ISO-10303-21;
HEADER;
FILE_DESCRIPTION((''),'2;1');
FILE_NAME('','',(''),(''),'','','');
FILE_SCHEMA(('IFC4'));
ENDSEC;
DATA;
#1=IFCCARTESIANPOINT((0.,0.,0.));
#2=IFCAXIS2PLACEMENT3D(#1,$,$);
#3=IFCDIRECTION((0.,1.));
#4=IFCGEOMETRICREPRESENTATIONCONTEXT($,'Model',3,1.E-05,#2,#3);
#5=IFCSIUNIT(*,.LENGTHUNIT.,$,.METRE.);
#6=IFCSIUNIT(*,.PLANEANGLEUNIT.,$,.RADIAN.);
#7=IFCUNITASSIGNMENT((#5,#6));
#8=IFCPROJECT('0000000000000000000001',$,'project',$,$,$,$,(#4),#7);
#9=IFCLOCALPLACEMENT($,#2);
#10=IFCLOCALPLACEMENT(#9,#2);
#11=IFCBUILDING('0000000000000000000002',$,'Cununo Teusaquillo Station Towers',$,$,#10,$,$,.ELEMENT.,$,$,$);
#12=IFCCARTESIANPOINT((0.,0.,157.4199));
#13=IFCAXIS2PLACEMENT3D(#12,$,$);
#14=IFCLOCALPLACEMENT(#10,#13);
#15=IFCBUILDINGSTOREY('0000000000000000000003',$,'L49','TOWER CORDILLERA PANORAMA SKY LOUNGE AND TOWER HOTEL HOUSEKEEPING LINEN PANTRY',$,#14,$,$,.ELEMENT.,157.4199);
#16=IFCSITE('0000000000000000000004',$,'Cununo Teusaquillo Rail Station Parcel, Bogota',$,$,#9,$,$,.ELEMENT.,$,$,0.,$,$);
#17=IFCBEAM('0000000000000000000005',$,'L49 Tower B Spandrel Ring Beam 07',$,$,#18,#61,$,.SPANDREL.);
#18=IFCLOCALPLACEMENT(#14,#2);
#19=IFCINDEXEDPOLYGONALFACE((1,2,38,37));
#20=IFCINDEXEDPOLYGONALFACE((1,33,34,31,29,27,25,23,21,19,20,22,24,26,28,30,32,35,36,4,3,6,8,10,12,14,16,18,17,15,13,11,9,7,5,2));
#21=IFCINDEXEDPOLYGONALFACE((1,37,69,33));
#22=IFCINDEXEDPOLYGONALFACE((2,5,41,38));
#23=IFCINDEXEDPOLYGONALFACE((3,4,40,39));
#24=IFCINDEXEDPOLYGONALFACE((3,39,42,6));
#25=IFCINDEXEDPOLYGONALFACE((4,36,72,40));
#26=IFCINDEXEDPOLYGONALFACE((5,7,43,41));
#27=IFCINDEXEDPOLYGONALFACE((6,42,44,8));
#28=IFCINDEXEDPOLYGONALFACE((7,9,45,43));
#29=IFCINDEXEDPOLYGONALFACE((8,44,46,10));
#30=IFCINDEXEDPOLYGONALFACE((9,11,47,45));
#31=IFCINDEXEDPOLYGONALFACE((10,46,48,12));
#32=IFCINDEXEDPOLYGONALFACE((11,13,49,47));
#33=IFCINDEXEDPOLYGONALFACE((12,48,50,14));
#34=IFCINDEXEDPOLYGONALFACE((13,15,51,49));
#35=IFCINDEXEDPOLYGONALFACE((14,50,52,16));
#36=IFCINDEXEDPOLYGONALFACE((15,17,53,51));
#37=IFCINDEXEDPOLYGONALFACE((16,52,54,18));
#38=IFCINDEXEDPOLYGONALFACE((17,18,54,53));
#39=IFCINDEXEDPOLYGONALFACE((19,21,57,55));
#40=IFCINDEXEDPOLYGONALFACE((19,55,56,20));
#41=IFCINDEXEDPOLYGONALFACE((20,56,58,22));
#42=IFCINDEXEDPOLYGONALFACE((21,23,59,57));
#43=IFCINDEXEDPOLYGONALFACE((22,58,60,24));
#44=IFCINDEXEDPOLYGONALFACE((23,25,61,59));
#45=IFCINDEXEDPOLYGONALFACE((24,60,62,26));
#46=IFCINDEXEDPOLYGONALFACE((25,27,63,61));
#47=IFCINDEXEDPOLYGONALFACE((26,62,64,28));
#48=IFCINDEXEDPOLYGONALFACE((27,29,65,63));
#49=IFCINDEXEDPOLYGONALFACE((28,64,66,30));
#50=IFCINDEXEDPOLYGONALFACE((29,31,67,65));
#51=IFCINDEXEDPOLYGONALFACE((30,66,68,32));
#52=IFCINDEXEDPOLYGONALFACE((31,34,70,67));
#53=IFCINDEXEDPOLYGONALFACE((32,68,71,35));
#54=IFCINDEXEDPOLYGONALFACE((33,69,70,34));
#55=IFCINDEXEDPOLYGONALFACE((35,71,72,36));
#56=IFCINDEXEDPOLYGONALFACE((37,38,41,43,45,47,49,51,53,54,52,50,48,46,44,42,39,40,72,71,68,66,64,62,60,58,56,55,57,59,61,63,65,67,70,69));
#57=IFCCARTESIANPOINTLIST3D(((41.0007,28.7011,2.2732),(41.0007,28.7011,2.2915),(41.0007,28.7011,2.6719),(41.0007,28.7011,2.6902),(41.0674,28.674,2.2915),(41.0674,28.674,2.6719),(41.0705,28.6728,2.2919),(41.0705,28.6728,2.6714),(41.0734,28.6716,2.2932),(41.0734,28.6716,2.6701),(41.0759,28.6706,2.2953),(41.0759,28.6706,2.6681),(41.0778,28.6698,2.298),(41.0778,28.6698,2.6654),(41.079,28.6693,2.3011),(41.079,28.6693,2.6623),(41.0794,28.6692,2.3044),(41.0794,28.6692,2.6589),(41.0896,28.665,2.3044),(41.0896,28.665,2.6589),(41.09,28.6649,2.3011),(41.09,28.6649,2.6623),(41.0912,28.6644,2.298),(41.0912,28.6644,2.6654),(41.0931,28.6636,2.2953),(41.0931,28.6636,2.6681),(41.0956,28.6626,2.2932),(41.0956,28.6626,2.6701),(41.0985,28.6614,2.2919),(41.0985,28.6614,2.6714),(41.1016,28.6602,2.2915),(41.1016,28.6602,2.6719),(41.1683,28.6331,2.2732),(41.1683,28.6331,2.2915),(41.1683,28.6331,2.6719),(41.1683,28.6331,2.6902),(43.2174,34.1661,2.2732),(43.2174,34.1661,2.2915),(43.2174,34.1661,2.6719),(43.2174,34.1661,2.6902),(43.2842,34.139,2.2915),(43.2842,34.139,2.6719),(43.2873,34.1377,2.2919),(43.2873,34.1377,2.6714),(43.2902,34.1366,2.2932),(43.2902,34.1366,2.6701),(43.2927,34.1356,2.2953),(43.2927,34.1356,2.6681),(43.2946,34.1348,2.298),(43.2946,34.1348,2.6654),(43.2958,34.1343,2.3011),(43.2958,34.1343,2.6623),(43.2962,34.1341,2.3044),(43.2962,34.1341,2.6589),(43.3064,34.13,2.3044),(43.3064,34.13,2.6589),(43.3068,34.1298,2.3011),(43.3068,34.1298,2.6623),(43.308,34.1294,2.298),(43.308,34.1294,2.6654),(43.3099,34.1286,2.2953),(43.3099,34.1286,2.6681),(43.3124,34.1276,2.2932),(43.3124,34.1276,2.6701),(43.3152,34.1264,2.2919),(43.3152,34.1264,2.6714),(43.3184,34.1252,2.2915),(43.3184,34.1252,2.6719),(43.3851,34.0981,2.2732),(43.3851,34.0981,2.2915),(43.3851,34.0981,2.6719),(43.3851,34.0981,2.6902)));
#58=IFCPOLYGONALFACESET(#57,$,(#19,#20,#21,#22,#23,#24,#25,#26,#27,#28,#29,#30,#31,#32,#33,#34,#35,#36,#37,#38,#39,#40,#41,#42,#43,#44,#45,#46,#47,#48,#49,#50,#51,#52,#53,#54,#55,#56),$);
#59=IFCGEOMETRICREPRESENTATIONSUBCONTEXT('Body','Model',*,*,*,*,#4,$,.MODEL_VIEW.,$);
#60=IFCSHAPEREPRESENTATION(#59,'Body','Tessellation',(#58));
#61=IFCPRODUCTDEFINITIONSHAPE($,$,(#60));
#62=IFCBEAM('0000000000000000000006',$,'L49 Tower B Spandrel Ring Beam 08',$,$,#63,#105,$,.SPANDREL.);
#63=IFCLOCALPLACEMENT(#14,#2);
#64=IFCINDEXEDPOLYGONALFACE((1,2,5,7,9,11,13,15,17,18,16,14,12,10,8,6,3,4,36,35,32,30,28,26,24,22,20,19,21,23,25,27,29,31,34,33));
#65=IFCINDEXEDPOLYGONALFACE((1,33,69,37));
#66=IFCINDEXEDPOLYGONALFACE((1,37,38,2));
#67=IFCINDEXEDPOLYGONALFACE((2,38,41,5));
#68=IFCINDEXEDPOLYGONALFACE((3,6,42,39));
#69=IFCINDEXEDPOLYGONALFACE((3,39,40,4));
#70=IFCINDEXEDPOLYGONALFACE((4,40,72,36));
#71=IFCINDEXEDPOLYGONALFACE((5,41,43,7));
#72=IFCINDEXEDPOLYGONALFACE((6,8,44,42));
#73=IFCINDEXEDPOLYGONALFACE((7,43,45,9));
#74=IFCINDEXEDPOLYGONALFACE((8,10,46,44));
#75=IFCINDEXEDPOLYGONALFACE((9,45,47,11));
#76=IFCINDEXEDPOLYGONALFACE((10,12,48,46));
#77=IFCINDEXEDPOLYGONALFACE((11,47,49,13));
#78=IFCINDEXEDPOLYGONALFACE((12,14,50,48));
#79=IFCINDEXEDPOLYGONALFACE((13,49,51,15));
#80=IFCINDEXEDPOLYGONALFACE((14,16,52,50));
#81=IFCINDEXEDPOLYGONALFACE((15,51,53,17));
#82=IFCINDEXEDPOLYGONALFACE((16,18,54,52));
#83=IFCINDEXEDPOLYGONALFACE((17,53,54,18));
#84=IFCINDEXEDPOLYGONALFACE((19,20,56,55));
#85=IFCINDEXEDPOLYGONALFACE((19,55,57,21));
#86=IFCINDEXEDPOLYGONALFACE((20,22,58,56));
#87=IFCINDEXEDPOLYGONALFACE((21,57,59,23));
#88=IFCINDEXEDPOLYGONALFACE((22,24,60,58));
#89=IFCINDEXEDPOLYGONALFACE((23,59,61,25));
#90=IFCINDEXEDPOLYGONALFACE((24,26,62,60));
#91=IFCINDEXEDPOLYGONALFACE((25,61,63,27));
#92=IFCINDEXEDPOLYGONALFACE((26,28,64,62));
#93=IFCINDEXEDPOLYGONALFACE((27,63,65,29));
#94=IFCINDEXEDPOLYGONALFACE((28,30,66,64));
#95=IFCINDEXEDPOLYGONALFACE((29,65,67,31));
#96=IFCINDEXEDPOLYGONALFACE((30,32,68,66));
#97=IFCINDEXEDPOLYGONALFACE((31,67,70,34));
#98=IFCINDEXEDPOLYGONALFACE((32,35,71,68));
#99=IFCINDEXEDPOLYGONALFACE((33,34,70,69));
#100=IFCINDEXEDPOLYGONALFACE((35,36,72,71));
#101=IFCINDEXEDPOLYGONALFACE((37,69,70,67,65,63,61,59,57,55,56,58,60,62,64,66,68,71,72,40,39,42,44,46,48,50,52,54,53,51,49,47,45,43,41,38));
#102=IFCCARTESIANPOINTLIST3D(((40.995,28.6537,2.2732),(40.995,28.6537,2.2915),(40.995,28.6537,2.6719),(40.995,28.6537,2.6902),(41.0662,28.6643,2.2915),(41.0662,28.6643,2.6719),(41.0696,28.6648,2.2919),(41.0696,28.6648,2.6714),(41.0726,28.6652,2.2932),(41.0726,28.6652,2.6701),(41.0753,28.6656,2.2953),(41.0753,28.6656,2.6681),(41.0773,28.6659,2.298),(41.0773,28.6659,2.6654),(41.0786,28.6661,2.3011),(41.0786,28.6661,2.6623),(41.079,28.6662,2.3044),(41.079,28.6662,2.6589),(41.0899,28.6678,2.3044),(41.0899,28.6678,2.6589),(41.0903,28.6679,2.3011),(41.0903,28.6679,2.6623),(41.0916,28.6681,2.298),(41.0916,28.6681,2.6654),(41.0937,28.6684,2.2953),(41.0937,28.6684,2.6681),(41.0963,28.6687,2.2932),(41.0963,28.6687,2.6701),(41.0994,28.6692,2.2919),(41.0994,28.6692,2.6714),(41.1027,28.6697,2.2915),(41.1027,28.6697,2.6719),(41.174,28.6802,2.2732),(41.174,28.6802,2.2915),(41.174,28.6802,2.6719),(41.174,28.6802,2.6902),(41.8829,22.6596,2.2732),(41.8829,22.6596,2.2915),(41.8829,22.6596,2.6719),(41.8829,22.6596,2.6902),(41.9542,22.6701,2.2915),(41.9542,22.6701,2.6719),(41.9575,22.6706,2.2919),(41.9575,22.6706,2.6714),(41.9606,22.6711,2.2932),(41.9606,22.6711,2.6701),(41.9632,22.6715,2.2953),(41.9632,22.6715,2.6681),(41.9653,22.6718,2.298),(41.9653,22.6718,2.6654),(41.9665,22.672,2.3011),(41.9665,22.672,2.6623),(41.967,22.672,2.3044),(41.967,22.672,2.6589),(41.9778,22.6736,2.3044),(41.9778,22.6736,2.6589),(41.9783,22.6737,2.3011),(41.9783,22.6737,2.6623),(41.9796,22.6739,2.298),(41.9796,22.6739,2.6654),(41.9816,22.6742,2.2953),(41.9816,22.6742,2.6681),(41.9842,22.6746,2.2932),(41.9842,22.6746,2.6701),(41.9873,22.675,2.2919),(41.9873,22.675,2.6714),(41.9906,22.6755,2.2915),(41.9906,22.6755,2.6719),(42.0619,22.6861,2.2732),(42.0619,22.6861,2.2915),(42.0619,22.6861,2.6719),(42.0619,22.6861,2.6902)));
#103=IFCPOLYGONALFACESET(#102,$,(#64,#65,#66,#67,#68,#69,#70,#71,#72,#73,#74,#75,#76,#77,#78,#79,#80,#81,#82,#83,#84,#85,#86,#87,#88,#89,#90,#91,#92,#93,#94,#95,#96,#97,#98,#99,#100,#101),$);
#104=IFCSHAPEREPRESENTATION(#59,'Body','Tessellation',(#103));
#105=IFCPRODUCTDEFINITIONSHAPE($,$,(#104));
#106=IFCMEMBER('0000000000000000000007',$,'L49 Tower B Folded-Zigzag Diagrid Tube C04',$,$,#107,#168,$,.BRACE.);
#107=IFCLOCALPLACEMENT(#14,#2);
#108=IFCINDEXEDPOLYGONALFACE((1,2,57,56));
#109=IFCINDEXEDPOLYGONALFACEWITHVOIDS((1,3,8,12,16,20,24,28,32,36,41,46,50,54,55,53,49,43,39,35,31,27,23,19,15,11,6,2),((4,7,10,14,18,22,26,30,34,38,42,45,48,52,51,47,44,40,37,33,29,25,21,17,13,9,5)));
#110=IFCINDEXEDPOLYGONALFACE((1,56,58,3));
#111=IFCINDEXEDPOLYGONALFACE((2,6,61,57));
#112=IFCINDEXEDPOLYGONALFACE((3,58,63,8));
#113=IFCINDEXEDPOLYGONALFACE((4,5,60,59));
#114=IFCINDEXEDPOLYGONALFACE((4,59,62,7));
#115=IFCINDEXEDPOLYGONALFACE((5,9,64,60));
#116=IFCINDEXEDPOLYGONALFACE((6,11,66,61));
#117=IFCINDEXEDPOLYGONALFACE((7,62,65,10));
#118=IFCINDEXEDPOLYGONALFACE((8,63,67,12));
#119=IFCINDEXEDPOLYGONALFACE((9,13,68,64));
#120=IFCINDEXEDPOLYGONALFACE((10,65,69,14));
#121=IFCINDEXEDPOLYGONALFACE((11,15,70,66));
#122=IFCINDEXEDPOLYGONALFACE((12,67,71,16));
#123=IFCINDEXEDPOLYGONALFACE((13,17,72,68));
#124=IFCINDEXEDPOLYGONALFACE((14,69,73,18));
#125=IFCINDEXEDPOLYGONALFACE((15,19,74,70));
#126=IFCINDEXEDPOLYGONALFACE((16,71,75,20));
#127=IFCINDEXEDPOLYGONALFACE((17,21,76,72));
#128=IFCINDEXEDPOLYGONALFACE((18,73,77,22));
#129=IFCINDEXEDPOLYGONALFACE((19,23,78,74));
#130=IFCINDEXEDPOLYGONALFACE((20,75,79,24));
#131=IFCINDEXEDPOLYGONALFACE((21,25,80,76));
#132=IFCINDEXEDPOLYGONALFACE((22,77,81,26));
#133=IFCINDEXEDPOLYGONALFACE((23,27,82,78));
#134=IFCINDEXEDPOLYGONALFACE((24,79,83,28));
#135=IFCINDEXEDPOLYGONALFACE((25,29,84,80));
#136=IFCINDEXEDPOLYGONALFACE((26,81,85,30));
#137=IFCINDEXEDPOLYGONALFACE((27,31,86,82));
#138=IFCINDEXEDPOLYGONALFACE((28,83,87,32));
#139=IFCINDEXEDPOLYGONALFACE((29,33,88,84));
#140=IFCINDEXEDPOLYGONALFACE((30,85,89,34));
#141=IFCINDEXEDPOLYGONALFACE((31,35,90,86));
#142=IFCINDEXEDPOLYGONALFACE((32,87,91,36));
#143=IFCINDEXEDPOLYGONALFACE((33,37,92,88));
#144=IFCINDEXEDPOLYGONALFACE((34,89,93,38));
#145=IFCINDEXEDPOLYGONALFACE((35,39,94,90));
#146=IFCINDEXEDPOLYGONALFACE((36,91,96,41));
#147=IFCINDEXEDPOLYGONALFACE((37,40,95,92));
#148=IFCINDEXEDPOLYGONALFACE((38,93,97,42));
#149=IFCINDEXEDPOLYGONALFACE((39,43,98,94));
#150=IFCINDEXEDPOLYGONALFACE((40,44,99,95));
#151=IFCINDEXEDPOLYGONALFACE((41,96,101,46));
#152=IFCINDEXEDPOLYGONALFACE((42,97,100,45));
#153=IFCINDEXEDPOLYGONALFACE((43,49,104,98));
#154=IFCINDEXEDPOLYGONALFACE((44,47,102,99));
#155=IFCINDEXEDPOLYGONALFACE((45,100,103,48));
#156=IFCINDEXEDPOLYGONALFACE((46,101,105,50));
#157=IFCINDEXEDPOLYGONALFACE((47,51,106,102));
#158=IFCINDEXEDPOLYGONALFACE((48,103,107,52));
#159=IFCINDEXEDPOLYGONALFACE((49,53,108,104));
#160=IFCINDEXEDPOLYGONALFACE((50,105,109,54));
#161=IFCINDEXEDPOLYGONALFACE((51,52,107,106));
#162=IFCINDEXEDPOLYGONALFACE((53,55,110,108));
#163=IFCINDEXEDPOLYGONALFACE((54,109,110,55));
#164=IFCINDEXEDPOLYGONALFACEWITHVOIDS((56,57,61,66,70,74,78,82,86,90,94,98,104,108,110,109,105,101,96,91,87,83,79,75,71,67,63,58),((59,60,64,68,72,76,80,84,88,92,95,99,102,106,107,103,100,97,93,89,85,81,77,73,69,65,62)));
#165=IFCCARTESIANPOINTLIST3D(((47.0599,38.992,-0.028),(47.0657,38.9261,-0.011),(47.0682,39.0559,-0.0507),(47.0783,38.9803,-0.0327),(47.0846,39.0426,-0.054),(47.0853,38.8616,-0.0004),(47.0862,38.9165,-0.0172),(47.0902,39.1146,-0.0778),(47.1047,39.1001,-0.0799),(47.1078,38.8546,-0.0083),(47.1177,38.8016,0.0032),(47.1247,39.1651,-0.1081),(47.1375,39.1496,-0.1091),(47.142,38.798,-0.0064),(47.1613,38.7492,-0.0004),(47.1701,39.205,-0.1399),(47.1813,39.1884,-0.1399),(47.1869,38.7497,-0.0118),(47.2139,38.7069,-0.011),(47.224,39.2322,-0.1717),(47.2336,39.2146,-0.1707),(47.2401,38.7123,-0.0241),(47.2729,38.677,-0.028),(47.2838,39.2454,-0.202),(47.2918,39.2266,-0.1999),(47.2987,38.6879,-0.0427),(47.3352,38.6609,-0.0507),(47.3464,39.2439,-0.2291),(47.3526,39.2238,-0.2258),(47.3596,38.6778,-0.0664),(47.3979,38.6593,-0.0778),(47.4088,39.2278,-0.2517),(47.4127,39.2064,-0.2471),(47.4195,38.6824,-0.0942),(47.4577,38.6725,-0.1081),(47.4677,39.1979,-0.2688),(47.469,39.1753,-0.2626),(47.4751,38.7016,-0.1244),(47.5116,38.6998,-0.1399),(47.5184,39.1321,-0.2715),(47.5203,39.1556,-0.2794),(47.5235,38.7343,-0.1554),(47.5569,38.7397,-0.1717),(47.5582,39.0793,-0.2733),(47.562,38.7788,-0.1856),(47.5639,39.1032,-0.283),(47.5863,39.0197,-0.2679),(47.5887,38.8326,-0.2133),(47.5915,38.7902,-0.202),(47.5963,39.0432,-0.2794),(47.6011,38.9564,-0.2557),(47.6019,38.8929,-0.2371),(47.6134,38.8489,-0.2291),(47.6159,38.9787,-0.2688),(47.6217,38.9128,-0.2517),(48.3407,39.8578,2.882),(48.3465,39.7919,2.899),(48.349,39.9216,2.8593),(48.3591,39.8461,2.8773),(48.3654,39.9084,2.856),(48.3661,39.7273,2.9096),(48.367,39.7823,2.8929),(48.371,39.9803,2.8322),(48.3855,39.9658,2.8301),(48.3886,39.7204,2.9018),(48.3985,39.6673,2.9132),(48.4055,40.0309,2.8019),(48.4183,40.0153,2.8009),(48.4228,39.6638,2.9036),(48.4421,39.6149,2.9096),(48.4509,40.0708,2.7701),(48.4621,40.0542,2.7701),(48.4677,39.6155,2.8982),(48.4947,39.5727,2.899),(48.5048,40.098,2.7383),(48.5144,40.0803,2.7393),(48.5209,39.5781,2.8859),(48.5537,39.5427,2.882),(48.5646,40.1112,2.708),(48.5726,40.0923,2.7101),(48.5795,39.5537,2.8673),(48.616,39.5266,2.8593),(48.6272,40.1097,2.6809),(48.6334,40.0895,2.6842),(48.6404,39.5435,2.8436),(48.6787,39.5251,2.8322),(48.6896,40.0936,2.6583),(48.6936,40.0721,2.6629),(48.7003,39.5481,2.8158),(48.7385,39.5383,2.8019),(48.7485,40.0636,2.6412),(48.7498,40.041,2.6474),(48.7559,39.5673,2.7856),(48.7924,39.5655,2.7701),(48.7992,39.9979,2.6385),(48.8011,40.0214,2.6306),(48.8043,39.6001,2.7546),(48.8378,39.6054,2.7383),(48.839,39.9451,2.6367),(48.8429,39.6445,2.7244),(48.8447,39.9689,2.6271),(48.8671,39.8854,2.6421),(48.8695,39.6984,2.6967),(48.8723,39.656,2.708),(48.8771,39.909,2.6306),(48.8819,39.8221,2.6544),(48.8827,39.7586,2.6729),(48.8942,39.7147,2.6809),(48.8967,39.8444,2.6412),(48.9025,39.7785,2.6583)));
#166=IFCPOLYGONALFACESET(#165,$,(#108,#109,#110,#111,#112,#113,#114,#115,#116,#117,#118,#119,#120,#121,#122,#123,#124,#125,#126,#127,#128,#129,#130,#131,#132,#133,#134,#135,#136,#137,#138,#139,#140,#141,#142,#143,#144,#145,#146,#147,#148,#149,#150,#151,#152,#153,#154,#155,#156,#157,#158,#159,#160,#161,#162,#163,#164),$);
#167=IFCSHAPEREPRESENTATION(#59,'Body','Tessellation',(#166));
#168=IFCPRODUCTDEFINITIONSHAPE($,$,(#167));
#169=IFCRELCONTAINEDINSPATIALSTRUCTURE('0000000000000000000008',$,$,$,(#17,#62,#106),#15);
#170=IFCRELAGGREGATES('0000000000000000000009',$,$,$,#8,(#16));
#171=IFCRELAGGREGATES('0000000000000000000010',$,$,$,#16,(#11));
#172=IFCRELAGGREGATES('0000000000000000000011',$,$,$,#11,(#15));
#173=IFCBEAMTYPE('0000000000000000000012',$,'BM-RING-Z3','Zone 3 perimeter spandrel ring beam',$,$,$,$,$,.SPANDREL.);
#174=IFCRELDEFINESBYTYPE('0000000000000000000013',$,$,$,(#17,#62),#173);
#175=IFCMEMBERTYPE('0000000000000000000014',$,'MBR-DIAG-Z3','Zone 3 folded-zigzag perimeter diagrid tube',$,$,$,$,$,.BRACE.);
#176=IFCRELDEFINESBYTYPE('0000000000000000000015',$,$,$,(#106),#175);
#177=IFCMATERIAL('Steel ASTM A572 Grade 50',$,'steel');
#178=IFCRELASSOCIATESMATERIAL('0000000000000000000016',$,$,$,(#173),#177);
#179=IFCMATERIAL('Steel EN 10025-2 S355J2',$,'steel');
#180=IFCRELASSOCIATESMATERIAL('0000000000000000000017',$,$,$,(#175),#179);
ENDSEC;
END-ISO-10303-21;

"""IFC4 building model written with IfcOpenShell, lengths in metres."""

from ifc_helpers import new_model, si_unit, direction, frame, origin, origin_2d, place, context, subcontext, project, spatial, hollow_circle, i_section, extrude, material, material_profile, profile_set, type_object, element, save


model = new_model("IFC4")

# Units and contexts
model_context = context("Model", 3, precision=1e-05, world=origin(), true_north=direction((0.0, 1.0)))
body_context = subcontext(model_context, "Body", "Model", "MODEL_VIEW")
ifc_project = project(units=[si_unit("LENGTHUNIT", "METRE"), si_unit("PLANEANGLEUNIT", "RADIAN")], contexts=[model_context])

# Site, building, storey
site_placement = place(None, origin())
site = spatial("IfcSite", under=ifc_project, at=site_placement, Name="Cununo Teusaquillo Rail Station Parcel, Bogota", CompositionType="ELEMENT", RefElevation=0.0)
building_placement = place(site_placement, origin())
building = spatial("IfcBuilding", under=site, at=building_placement, Name="Cununo Teusaquillo Station Towers", CompositionType="ELEMENT")
storey_placement = place(building_placement, frame((0.0, 0.0, 157.4199)))
storey = spatial("IfcBuildingStorey", under=building, at=storey_placement, Name="L49", Description="TOWER CORDILLERA PANORAMA SKY LOUNGE AND TOWER HOTEL HOUSEKEEPING LINEN PANTRY", CompositionType="ELEMENT", Elevation=157.4199)

# Beams
ifc_material_1 = material(Name="Steel ASTM A572 Grade 50", Category="steel")
ifc_material_profile_1 = material_profile(ifc_material_1, i_section(OverallWidth=0.1809, OverallDepth=0.417, WebThickness=0.011, FlangeThickness=0.0183, FilletRadius=0.0129, at=origin_2d()), Name="W16X57")
ifc_profile_set_1 = profile_set([ifc_material_profile_1], Name="Steel ASTM A572 Grade 50")
beam_type_1 = type_object("IfcBeamType", Name="BM-RING-Z3", Description="Zone 3 perimeter spandrel ring beam", PredefinedType="SPANDREL", material=ifc_profile_set_1)
beam_1_placement = place(storey_placement, frame((43.3013, 34.1321, 2.4817), z_axis=(-0.375883, -0.926667, 0.0), x_axis=(0.926667, -0.375883, 0.0)))
element("IfcBeam", 1, at=beam_1_placement, inside=storey, type_object=beam_type_1, Name="L49 Tower B Spandrel Ring Beam 07", PredefinedType="SPANDREL", context=body_context, shape_type="SweptSolid", body=[
    extrude(i_section(OverallWidth=0.1809, OverallDepth=0.417, WebThickness=0.011, FlangeThickness=0.0183, FilletRadius=0.0129, at=origin_2d()), origin(), (0.0, 0.0, 1.0), 5.8975),
])
beam_2_placement = place(storey_placement, frame((41.0845, 28.667, 2.4817), z_axis=(0.146536, -0.989205, 0.0), x_axis=(0.989205, 0.146536, 0.0)))
element("IfcBeam", 2, at=beam_2_placement, inside=storey, type_object=beam_type_1, Name="L49 Tower B Spandrel Ring Beam 08", PredefinedType="SPANDREL", context=body_context, shape_type="SweptSolid", body=[
    extrude(i_section(OverallWidth=0.1809, OverallDepth=0.417, WebThickness=0.011, FlangeThickness=0.0183, FilletRadius=0.0129, at=origin_2d()), origin(), (0.0, 0.0, 1.0), 6.0596),
])

# Member
ifc_material_2 = material(Name="Steel EN 10025-2 S355J2", Category="steel")
ifc_material_profile_2 = material_profile(ifc_material_2, hollow_circle(Radius=0.3049, WallThickness=0.02, at=origin_2d()), Name="CHS 610x20")
ifc_profile_set_2 = profile_set([ifc_material_profile_2], Name="Steel EN 10025-2 S355J2")
member_type = type_object("IfcMemberType", Name="MBR-DIAG-Z3", Description="Zone 3 folded-zigzag perimeter diagrid tube", PredefinedType="BRACE", material=ifc_profile_set_2)
member_1_placement = place(storey_placement, frame((47.3408, 38.9524, -0.1399), z_axis=(0.388692, 0.262734, 0.883114), x_axis=(-0.56001, 0.828486, 0.0)))
element("IfcMember", 3, at=member_1_placement, inside=storey, type_object=member_type, Name="L49 Tower B Folded-Zigzag Diagrid Tube C04", PredefinedType="BRACE", context=body_context, shape_type="SweptSolid", body=[
    extrude(hollow_circle(Radius=0.3049, WallThickness=0.02, at=origin_2d()), origin(), (0.0, 0.0, 1.0), 3.2952),
])

save(model, "model.ifc")
